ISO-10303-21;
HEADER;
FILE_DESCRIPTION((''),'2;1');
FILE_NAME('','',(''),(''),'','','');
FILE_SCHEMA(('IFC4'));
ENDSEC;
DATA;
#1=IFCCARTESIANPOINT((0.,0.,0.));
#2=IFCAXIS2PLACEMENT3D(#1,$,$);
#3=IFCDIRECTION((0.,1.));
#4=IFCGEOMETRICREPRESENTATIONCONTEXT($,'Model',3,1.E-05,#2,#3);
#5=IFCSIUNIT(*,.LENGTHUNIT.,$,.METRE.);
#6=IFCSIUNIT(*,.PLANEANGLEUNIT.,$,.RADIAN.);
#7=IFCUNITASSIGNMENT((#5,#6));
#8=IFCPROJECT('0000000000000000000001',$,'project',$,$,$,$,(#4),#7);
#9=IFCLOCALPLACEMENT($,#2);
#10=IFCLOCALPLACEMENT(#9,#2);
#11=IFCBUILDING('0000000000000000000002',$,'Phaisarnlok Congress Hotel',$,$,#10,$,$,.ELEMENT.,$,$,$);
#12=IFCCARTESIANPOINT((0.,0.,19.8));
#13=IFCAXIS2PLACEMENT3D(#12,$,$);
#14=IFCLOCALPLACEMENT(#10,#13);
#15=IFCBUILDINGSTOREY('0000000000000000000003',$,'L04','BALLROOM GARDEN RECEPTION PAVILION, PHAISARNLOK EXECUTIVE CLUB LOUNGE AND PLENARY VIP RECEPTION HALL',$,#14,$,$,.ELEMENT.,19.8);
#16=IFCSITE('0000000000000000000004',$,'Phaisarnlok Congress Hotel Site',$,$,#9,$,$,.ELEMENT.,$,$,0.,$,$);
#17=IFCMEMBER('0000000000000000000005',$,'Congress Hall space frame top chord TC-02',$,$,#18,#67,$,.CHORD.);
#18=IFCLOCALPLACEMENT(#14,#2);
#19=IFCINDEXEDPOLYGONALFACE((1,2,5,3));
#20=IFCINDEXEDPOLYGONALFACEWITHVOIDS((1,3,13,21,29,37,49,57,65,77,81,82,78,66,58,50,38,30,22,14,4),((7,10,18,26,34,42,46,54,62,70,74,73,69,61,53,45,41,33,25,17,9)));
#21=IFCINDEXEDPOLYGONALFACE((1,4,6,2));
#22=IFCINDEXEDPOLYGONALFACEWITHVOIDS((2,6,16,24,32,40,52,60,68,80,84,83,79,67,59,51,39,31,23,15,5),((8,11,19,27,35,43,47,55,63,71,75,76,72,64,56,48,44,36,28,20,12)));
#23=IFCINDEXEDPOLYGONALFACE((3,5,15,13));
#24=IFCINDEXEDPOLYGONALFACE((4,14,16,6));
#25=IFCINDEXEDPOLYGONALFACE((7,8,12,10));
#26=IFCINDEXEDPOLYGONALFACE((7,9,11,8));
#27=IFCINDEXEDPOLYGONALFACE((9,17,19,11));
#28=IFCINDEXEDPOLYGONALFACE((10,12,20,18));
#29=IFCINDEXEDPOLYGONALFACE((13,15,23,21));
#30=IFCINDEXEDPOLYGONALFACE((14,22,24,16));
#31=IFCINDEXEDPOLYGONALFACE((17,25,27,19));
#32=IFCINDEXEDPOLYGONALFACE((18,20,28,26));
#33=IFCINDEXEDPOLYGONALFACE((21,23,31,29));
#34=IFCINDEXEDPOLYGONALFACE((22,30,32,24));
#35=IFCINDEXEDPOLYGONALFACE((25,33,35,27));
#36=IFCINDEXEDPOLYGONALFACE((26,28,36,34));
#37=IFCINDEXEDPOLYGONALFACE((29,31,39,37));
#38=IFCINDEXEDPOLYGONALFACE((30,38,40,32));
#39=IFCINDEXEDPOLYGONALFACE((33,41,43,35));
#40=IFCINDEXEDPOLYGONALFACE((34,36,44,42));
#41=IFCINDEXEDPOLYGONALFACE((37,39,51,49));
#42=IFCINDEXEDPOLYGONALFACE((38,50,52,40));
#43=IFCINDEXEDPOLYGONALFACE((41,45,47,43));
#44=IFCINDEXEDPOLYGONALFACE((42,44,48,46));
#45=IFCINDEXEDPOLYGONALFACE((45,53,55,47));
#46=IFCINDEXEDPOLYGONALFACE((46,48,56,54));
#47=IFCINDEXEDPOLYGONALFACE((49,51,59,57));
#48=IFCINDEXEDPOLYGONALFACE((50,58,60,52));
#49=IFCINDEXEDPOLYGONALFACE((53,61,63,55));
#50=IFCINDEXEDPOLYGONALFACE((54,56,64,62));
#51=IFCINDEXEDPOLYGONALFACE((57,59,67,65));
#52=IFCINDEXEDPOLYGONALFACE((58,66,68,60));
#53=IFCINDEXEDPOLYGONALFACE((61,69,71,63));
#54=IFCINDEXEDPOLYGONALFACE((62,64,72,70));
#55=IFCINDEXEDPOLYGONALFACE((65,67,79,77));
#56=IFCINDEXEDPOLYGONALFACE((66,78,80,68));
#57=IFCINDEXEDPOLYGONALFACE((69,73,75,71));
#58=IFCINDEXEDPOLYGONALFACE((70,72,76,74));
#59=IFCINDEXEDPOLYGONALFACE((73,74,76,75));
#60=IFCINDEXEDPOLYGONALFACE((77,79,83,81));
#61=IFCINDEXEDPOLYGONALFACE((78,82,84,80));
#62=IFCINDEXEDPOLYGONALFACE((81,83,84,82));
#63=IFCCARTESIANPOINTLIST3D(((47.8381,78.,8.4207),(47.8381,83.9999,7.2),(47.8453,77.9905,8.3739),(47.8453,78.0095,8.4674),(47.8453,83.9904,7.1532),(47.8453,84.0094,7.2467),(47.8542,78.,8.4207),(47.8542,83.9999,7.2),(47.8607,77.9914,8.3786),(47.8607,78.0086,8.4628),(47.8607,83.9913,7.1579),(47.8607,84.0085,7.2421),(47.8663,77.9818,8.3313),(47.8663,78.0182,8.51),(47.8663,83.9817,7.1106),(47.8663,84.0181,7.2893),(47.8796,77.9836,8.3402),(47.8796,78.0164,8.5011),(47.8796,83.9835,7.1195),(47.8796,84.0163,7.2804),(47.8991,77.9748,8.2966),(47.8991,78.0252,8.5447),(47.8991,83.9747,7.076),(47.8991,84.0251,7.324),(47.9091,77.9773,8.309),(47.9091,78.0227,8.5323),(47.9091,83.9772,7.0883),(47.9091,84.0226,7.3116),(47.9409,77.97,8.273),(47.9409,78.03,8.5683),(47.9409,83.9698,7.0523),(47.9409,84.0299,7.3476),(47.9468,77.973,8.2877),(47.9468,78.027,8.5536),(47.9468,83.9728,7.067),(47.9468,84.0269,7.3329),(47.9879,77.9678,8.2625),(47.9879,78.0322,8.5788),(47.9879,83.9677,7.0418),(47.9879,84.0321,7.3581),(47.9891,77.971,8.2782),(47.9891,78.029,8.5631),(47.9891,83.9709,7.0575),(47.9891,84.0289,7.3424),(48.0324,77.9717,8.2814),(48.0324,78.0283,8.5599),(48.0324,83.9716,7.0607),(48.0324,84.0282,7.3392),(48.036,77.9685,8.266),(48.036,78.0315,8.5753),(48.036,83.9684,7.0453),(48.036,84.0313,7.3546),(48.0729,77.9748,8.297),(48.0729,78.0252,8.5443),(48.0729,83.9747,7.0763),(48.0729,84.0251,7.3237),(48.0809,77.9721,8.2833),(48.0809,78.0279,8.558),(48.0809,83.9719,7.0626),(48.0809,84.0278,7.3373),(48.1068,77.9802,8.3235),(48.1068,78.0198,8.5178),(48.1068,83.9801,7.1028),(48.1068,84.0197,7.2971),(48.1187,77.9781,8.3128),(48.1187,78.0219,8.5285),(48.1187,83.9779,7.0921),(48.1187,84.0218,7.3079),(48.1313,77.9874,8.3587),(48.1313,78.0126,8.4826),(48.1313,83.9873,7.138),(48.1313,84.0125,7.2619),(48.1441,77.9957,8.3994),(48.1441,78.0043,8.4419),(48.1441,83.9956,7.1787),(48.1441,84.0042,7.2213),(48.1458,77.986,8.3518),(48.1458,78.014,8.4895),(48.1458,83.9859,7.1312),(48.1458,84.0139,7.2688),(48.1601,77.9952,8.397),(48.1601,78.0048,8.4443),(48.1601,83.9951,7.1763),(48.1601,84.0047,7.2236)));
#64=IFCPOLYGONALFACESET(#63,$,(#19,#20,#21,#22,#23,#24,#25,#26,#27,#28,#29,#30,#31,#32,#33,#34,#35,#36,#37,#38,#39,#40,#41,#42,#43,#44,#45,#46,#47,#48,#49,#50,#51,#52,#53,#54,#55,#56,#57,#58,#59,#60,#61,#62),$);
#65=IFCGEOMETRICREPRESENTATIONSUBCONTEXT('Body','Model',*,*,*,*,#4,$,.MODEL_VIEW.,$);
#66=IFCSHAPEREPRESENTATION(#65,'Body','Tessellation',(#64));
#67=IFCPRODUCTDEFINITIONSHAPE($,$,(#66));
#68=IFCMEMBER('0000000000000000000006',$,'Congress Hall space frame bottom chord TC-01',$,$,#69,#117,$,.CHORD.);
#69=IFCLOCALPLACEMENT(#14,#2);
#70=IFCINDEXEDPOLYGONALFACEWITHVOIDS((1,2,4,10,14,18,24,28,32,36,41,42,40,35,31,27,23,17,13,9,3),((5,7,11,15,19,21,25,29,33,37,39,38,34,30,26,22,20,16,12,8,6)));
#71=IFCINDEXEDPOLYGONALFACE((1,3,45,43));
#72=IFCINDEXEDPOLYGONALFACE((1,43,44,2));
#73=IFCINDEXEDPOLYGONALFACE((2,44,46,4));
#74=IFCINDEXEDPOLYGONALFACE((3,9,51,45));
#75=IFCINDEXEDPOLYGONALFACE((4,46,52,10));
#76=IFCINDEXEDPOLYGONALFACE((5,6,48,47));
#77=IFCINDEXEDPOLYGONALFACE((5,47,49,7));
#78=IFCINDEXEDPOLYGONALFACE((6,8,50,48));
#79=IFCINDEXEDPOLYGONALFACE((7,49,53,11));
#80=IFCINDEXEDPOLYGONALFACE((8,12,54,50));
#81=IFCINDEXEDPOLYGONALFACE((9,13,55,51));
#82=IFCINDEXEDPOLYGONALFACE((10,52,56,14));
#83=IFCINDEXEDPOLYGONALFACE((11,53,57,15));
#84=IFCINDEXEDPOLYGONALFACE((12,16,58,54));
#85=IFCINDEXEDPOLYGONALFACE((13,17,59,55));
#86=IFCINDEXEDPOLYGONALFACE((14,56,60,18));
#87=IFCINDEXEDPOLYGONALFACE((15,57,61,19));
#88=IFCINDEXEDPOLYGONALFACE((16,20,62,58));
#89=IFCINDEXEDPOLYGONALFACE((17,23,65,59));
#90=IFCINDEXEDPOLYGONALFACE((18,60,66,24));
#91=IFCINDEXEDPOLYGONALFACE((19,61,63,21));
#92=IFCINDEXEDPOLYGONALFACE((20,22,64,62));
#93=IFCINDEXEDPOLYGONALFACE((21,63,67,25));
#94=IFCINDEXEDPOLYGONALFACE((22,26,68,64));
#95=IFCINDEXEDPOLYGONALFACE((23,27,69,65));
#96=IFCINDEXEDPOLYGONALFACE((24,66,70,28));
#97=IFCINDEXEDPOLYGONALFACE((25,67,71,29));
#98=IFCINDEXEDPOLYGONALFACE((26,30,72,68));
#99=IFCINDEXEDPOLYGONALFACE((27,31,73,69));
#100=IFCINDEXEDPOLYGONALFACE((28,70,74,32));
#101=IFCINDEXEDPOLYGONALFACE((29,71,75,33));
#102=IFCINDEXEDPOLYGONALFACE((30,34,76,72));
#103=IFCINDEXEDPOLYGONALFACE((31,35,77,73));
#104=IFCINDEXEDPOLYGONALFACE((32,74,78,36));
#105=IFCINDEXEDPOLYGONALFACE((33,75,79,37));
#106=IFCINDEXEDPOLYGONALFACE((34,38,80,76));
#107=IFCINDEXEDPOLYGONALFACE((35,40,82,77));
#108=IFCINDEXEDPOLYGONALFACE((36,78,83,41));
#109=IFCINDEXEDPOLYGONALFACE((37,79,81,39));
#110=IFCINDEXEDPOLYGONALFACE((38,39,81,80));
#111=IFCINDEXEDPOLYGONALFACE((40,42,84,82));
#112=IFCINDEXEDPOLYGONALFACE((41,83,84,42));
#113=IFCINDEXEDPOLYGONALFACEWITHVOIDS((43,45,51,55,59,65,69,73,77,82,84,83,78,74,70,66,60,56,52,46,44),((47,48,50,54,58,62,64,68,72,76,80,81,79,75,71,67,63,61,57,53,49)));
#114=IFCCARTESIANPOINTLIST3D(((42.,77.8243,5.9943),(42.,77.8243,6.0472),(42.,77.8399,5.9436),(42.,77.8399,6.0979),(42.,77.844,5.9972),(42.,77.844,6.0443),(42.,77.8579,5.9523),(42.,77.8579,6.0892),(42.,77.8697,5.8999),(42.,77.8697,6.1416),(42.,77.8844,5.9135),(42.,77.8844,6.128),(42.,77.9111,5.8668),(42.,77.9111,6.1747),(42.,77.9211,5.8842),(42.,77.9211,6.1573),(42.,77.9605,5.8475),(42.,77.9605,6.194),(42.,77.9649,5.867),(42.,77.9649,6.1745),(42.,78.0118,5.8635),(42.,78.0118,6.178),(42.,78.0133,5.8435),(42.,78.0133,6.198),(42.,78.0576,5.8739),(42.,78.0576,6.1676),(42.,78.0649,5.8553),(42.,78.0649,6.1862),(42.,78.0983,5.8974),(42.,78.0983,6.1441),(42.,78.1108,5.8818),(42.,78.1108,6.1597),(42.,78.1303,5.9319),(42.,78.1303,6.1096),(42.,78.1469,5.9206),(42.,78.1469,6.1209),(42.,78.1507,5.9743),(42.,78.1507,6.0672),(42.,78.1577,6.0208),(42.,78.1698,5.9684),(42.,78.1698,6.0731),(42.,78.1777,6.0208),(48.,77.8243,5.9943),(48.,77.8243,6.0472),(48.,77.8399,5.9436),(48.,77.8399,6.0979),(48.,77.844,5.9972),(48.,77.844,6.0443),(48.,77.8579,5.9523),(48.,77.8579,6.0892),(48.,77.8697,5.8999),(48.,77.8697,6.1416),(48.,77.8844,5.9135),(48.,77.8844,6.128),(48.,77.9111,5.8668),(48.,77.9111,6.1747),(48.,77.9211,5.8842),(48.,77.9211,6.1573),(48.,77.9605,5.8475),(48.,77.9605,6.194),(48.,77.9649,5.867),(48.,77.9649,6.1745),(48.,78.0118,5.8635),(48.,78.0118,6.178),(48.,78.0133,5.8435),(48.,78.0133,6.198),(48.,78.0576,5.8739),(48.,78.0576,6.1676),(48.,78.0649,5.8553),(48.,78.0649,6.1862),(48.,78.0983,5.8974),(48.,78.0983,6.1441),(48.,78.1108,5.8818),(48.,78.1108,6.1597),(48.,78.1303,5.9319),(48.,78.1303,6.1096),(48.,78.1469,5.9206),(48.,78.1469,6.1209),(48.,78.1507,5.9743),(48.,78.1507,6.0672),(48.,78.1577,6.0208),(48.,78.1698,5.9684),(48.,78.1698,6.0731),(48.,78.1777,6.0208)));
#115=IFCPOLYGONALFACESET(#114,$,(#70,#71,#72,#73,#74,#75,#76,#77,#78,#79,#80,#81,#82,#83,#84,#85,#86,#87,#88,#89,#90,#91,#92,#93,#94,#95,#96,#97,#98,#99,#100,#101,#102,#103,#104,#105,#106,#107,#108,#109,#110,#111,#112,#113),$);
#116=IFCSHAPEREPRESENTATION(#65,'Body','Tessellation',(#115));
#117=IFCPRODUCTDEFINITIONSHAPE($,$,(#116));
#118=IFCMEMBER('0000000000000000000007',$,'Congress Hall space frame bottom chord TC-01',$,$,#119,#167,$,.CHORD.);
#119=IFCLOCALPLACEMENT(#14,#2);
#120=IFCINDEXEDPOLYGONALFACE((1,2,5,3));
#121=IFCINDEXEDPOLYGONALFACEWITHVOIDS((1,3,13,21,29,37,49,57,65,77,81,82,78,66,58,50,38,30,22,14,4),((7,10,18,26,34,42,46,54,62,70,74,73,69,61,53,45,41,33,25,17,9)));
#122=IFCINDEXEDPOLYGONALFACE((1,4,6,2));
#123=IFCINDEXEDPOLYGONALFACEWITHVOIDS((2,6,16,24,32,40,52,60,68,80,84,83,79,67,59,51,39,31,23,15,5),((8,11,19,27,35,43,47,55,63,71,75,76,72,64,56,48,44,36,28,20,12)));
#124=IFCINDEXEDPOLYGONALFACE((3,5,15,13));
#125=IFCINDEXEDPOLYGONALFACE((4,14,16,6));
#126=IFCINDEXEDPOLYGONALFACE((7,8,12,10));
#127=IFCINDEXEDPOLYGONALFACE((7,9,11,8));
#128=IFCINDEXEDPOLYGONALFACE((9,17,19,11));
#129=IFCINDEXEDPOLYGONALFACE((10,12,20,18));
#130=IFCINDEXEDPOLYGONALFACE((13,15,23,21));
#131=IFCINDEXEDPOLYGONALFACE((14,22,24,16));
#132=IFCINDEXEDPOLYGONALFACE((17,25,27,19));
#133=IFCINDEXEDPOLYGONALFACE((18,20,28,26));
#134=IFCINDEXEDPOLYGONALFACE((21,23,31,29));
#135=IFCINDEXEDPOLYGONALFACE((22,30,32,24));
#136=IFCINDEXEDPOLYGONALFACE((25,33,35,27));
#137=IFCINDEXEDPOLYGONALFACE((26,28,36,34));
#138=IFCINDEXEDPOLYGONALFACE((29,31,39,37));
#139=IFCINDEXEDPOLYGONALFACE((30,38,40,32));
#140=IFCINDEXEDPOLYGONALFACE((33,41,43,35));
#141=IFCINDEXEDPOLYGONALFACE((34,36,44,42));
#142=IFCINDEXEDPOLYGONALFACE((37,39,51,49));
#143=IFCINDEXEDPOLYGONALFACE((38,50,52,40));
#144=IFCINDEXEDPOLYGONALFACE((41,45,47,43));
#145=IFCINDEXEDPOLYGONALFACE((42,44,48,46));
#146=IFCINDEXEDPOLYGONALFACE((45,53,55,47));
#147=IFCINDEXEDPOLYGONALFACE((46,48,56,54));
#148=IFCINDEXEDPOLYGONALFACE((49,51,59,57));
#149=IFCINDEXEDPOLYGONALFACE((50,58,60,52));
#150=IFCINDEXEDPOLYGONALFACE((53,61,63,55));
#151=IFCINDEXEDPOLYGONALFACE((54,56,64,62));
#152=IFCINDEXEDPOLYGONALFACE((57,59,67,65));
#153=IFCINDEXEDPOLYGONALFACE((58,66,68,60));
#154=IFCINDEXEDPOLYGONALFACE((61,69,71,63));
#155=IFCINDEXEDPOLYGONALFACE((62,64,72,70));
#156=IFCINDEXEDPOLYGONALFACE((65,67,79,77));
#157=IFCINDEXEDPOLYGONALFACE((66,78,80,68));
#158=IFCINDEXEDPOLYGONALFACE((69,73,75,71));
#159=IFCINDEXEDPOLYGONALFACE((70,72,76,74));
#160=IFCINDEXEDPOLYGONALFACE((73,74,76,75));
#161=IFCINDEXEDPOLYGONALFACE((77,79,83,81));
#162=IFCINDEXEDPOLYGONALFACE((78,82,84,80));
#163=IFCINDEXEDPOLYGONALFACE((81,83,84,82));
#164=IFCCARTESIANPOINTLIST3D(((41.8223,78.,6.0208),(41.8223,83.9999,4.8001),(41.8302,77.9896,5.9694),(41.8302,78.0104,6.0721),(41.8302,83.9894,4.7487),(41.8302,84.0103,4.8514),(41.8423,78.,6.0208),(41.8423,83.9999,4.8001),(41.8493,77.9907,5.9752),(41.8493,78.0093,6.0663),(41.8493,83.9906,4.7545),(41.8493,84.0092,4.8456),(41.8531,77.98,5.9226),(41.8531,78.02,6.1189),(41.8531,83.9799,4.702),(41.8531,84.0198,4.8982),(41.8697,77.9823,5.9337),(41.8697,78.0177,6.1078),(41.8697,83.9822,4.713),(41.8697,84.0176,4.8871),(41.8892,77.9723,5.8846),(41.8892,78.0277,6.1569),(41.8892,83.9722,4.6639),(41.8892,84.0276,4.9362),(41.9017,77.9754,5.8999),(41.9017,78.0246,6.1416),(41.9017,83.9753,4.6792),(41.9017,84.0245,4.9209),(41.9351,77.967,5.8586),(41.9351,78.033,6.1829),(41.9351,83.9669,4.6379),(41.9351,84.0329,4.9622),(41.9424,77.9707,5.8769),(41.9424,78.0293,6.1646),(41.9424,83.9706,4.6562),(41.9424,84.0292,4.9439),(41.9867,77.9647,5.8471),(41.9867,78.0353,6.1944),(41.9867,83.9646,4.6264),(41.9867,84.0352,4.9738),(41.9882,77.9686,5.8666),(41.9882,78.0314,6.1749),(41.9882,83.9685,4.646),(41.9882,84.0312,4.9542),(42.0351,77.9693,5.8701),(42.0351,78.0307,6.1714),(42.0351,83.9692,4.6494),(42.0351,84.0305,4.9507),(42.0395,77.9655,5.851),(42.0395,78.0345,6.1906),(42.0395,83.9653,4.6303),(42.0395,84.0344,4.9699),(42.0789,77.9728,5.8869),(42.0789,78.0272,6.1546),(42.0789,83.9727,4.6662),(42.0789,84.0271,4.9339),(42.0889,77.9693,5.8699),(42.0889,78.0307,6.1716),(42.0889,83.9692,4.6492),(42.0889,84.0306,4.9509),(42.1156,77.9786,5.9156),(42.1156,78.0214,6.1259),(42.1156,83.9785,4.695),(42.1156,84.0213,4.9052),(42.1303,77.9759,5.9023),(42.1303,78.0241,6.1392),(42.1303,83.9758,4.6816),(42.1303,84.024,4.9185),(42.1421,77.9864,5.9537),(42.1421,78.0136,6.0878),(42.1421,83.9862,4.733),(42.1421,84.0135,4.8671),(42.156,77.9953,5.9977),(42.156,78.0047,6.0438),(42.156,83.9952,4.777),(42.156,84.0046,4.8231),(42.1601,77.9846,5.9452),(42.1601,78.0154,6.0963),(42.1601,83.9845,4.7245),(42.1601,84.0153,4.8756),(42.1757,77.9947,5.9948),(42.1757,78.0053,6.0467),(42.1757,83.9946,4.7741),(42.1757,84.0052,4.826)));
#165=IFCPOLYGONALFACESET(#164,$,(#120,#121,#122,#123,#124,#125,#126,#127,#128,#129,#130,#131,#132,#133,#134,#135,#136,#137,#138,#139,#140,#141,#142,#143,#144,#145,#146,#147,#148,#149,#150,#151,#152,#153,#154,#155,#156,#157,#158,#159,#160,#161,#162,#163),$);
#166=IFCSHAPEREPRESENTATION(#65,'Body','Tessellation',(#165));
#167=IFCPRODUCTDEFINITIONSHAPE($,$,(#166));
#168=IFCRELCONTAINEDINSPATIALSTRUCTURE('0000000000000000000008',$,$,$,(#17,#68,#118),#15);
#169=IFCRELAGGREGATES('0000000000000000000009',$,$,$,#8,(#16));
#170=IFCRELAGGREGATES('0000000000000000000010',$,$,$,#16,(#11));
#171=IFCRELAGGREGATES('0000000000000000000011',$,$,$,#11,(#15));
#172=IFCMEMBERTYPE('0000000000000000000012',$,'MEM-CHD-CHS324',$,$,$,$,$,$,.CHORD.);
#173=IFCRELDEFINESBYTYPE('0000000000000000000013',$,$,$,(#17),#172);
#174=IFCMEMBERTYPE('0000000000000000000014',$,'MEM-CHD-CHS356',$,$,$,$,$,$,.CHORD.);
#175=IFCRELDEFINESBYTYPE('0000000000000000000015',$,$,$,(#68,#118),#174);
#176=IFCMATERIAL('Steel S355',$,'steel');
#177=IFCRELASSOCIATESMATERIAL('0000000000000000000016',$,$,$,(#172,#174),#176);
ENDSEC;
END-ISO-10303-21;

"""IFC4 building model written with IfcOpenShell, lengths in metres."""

from ifc_helpers import new_model, si_unit, direction, frame, origin, origin_2d, place, context, subcontext, project, spatial, hollow_circle, extrude, material, material_profile, profile_set, type_object, element, save


model = new_model("IFC4")

# Units and contexts
model_context = context("Model", 3, precision=1e-05, world=origin(), true_north=direction((0.0, 1.0)))
body_context = subcontext(model_context, "Body", "Model", "MODEL_VIEW")
ifc_project = project(units=[si_unit("LENGTHUNIT", "METRE"), si_unit("PLANEANGLEUNIT", "RADIAN")], contexts=[model_context])

# Site, building, storey
site_placement = place(None, origin())
site = spatial("IfcSite", under=ifc_project, at=site_placement, Name="Phaisarnlok Congress Hotel Site", CompositionType="ELEMENT", RefElevation=0.0)
building_placement = place(site_placement, origin())
building = spatial("IfcBuilding", under=site, at=building_placement, Name="Phaisarnlok Congress Hotel", CompositionType="ELEMENT")
storey_placement = place(building_placement, frame((0.0, 0.0, 19.8)))
storey = spatial("IfcBuildingStorey", under=building, at=storey_placement, Name="L04", Description="BALLROOM GARDEN RECEPTION PAVILION, PHAISARNLOK EXECUTIVE CLUB LOUNGE AND PLENARY VIP RECEPTION HALL", CompositionType="ELEMENT", Elevation=19.8)

# Members
ifc_material_1 = material(Name="Steel S355", Category="steel")
ifc_material_profile_1 = material_profile(ifc_material_1, hollow_circle(Radius=0.1619, WallThickness=0.0161, at=origin_2d()), Name="CHS 323.9x16")
ifc_profile_set_1 = profile_set([ifc_material_profile_1], Name="Steel S355")
member_type_1 = type_object("IfcMemberType", Name="MEM-CHD-CHS324", PredefinedType="CHORD", material=ifc_profile_set_1)
member_1_placement = place(storey_placement, frame((48.0, 78.0, 8.4207), z_axis=(0.0, 0.979925, -0.199366), x_axis=(-1.0, 0.0, 0.0)))
element("IfcMember", 1, at=member_1_placement, inside=storey, type_object=member_type_1, Name="Congress Hall space frame top chord TC-02", PredefinedType="CHORD", context=body_context, shape_type="SweptSolid", body=[
    extrude(hollow_circle(Radius=0.1619, WallThickness=0.0161, at=origin_2d()), origin(), (0.0, 0.0, 1.0), 6.1228),
])
ifc_material_profile_2 = material_profile(ifc_material_1, hollow_circle(Radius=0.1777, WallThickness=0.02, at=origin_2d()), Name="CHS 355.6x20")
ifc_profile_set_2 = profile_set([ifc_material_profile_2], Name="Steel S355")
member_type_2 = type_object("IfcMemberType", Name="MEM-CHD-CHS356", PredefinedType="CHORD", material=ifc_profile_set_2)
member_2_placement = place(storey_placement, frame((42.0, 78.0, 6.0208), z_axis=(1.0, 0.0, 0.0), x_axis=(0.0, 1.0, 0.0)))
element("IfcMember", 2, at=member_2_placement, inside=storey, type_object=member_type_2, Name="Congress Hall space frame bottom chord TC-01", PredefinedType="CHORD", context=body_context, shape_type="SweptSolid", body=[
    extrude(hollow_circle(Radius=0.1777, WallThickness=0.02, at=origin_2d()), origin(), (0.0, 0.0, 1.0), 6.0),
])
member_3_placement = place(storey_placement, frame((42.0, 78.0, 6.0208), z_axis=(0.0, 0.979925, -0.199366), x_axis=(-1.0, 0.0, 0.0)))
element("IfcMember", 3, at=member_3_placement, inside=storey, type_object=member_type_2, Name="Congress Hall space frame bottom chord TC-01", PredefinedType="CHORD", context=body_context, shape_type="SweptSolid", body=[
    extrude(hollow_circle(Radius=0.1777, WallThickness=0.02, at=origin_2d()), origin(), (0.0, 0.0, 1.0), 6.1228),
])

save(model, "model.ifc")
